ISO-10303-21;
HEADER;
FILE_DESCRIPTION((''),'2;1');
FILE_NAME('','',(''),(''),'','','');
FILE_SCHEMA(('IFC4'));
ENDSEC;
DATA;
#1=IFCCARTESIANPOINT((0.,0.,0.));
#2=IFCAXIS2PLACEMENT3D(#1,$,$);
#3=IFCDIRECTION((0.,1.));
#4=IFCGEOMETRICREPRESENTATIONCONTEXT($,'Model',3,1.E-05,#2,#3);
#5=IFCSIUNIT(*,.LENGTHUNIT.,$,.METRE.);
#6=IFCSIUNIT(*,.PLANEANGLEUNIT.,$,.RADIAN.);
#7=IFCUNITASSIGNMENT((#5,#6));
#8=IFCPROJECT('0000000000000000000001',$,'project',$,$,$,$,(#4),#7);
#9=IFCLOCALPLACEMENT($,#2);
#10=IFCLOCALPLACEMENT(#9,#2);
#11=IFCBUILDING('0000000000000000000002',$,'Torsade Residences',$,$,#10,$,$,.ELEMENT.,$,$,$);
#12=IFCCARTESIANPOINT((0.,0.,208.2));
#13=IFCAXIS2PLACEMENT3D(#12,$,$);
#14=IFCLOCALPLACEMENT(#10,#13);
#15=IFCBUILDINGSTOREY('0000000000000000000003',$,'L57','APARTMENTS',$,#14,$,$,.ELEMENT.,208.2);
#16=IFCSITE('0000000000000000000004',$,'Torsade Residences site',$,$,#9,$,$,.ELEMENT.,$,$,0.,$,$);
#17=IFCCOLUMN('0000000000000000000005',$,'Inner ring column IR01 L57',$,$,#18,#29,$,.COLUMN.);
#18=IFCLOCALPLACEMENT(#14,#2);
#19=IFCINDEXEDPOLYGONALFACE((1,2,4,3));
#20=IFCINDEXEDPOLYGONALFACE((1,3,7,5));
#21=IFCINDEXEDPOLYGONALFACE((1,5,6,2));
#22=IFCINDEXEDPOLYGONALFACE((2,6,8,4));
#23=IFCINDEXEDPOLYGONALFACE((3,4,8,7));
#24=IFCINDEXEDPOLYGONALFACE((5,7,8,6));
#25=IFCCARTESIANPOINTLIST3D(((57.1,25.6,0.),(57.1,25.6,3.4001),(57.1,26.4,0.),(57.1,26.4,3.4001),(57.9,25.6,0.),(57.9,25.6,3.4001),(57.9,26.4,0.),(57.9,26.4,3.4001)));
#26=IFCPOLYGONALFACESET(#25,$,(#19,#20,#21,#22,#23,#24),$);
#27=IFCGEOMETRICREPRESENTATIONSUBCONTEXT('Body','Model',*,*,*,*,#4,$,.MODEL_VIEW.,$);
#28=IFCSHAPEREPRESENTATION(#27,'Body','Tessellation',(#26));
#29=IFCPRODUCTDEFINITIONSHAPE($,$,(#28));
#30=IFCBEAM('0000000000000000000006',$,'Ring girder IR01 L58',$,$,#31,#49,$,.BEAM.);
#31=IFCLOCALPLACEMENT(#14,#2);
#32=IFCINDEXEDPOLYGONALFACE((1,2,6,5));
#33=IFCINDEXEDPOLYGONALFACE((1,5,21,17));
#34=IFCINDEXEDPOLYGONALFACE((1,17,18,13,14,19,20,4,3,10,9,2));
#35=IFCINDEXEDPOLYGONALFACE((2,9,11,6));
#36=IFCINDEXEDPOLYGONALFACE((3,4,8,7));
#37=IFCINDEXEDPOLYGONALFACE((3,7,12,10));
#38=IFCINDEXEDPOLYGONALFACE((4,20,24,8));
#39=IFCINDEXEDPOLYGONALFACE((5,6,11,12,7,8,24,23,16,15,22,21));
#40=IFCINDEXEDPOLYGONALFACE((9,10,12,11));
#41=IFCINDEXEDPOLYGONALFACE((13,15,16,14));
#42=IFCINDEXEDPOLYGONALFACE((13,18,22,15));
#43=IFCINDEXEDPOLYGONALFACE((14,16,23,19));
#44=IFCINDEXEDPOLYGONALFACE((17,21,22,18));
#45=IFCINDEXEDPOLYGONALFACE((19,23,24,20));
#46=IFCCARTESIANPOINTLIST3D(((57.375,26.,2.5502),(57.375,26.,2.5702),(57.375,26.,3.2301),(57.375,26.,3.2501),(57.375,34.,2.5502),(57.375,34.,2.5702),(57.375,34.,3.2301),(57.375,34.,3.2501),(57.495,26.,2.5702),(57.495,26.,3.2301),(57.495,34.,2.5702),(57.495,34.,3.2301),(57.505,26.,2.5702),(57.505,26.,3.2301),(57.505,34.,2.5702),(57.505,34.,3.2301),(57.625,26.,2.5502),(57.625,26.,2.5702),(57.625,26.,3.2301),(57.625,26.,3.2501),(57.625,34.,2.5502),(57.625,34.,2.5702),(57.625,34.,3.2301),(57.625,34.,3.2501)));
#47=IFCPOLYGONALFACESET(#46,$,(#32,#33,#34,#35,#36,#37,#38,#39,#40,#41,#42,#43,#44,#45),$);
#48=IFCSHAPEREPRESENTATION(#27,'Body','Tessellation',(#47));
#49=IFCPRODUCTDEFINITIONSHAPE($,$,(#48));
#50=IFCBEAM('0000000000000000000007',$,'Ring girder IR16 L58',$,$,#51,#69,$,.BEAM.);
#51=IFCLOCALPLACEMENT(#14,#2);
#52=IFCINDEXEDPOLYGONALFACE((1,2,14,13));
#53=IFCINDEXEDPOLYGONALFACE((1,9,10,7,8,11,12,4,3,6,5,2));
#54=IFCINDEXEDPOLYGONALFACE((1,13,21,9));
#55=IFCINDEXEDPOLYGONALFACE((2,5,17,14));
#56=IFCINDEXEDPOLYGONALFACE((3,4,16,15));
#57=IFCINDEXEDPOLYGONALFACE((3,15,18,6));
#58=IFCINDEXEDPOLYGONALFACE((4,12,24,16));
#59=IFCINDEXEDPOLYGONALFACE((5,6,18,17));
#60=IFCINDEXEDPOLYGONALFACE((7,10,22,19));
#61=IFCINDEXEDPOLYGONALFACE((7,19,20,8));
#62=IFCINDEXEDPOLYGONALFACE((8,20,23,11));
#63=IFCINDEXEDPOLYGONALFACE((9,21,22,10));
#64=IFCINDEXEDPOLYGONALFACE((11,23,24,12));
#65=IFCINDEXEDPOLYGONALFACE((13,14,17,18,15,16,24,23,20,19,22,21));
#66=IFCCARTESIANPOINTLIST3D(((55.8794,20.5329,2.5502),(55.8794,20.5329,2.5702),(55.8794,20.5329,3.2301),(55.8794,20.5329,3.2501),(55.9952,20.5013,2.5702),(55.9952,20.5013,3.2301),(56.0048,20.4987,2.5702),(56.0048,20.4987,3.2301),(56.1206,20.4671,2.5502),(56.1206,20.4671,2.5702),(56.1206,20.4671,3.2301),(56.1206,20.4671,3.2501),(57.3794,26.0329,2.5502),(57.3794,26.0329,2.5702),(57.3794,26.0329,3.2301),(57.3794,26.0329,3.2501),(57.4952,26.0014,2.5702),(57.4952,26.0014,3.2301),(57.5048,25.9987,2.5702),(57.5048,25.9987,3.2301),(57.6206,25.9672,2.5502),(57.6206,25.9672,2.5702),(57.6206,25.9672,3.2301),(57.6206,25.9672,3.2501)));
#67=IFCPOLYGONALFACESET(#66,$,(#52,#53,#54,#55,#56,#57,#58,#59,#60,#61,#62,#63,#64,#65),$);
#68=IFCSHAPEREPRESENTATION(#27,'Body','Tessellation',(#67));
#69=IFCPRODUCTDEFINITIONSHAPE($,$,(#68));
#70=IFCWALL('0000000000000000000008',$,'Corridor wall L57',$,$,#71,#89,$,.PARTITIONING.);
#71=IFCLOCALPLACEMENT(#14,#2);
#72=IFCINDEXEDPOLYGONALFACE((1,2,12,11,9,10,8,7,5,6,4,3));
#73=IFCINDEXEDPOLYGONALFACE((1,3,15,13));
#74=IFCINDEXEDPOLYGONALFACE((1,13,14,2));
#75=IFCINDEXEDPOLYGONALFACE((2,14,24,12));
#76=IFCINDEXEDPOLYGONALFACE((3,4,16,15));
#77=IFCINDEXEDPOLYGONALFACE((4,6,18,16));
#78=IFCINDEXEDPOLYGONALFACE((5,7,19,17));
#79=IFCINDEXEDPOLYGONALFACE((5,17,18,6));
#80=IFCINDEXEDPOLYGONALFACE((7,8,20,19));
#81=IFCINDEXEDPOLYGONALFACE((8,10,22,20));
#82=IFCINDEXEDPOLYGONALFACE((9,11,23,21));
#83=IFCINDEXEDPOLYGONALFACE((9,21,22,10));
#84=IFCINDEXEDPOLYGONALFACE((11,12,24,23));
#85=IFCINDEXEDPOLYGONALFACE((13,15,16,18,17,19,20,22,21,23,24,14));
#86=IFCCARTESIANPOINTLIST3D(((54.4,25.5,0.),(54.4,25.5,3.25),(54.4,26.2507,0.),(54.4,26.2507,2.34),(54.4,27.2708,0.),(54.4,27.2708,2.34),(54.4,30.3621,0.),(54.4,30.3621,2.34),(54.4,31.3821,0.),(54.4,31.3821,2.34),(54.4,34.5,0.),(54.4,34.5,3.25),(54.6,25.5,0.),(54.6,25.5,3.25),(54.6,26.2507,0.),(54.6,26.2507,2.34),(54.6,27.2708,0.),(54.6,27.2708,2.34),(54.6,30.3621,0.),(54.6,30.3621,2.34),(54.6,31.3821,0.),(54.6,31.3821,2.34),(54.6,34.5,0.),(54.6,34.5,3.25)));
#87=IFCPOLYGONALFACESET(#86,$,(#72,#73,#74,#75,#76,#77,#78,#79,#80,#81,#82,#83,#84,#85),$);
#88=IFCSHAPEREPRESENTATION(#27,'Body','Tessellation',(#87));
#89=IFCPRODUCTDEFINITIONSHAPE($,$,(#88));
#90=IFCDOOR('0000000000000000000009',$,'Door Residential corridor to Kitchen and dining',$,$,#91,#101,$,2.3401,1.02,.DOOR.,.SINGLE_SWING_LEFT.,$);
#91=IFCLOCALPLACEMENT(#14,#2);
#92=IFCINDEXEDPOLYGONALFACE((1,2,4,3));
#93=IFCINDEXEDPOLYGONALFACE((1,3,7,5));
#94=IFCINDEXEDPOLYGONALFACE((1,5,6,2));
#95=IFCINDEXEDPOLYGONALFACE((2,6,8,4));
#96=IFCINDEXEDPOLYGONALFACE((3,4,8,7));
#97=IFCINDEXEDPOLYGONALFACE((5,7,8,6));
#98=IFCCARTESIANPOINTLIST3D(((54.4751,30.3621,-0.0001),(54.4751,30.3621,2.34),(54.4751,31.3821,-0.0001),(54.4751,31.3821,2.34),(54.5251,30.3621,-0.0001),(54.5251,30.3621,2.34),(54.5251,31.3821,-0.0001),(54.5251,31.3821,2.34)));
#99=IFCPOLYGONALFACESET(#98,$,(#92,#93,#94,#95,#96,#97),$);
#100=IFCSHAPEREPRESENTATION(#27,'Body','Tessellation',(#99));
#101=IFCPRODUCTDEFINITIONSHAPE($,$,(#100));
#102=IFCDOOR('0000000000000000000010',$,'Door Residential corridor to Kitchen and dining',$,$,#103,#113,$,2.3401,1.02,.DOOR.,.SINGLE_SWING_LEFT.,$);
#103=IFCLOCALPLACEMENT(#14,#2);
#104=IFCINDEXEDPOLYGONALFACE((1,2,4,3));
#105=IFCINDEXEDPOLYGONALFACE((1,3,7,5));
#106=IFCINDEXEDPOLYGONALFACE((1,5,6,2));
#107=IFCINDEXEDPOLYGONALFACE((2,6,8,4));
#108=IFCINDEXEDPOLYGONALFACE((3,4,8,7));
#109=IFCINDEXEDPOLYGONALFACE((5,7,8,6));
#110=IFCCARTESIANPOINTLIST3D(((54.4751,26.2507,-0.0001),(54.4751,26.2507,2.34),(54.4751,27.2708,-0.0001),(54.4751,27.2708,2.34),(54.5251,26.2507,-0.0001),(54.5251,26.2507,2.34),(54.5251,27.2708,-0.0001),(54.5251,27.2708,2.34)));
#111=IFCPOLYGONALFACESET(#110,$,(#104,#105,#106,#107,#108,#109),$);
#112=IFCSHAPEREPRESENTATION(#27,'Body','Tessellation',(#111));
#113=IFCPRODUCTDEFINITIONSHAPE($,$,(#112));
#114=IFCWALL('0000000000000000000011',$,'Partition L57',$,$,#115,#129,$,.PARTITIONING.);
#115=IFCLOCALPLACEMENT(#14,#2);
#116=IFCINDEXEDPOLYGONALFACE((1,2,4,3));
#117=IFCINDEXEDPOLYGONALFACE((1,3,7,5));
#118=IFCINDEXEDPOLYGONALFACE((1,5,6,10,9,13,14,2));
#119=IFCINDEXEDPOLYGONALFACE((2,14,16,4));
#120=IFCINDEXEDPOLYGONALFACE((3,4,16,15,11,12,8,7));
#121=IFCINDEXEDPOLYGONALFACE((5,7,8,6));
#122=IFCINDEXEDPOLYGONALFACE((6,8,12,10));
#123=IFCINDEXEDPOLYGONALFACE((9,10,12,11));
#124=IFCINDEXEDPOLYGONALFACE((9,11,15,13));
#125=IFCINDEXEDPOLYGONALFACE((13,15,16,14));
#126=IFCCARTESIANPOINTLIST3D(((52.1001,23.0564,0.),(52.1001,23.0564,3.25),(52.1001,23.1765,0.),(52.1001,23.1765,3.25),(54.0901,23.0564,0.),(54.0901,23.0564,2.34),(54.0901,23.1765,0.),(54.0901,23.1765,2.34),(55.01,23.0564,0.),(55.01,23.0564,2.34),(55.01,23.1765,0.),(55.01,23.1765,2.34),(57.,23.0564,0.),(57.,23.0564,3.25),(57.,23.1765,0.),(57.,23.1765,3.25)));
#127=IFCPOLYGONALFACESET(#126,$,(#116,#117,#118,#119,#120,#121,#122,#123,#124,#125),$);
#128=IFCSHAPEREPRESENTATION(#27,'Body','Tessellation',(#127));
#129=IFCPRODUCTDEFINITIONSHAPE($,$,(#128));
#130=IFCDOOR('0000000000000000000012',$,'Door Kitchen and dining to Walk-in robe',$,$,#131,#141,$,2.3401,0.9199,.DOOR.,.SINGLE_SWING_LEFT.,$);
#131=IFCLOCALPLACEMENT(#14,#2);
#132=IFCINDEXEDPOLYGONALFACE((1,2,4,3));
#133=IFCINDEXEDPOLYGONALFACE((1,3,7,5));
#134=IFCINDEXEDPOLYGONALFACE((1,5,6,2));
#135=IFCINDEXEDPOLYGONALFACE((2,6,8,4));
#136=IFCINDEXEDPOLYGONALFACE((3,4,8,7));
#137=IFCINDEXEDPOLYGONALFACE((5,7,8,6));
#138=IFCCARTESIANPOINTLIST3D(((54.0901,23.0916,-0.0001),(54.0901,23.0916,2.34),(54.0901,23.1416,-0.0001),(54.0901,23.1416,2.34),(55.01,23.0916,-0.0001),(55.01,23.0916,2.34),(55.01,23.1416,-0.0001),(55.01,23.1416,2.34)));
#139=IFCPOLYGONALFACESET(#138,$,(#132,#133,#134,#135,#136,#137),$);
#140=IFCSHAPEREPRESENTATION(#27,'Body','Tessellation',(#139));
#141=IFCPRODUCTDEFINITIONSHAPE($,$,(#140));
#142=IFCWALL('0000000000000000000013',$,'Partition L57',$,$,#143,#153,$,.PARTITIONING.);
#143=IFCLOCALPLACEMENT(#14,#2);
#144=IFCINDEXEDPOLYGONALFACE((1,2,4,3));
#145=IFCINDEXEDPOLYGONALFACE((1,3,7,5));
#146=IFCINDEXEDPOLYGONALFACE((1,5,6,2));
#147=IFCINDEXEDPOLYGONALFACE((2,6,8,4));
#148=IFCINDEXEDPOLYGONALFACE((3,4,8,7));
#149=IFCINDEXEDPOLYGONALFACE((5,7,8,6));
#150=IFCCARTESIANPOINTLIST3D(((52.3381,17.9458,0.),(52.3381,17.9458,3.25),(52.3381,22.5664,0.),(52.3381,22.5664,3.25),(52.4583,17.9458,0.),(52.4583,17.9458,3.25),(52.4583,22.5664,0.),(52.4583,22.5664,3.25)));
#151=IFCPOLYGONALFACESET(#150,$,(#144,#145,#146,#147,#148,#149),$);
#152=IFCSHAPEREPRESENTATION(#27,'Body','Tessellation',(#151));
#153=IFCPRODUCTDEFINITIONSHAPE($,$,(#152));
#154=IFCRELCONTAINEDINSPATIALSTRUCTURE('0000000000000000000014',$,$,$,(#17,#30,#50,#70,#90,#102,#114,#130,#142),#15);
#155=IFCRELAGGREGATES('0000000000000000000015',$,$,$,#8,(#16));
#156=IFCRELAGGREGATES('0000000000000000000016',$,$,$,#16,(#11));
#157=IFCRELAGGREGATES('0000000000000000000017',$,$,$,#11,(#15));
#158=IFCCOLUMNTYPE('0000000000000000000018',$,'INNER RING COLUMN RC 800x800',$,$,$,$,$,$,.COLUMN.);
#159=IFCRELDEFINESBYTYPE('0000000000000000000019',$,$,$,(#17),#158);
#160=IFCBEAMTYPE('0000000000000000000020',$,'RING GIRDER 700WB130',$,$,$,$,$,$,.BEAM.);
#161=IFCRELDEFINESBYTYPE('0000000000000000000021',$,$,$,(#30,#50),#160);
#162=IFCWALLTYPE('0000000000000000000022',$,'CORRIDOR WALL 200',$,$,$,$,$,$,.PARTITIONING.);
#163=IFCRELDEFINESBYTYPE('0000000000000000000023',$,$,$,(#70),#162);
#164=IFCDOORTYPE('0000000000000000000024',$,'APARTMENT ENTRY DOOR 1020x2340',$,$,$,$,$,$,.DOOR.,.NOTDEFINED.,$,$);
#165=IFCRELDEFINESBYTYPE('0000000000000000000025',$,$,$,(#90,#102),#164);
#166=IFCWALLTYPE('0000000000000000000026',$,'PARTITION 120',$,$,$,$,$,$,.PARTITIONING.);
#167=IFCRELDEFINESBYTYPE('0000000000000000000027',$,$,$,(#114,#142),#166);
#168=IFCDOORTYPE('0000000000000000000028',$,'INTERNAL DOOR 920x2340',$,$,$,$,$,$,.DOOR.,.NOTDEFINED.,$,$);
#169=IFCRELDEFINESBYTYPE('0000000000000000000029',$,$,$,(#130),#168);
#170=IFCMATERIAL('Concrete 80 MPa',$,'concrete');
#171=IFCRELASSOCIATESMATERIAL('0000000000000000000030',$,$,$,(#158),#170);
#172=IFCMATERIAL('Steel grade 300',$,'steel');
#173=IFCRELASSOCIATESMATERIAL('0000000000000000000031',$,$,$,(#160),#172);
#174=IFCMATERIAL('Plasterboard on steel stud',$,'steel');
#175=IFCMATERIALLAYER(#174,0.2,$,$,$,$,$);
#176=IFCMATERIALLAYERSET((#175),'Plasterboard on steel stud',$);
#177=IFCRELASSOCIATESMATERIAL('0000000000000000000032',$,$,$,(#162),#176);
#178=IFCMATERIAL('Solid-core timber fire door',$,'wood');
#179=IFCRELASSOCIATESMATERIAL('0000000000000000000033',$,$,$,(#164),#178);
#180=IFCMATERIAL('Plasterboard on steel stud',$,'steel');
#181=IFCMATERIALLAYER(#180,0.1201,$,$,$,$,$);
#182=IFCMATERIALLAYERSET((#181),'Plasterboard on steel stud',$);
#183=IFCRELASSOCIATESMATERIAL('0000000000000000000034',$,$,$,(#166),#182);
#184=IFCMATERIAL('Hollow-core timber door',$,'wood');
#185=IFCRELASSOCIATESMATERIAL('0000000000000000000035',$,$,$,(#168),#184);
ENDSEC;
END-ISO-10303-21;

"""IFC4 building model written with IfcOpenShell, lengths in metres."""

from ifc_helpers import new_model, si_unit, direction, frame, frame_2d, origin, origin_2d, place, context, subcontext, project, spatial, rectangle, i_section, extrude, material, layer, layer_set, material_profile, profile_set, type_object, element, fill, save


model = new_model("IFC4")

# Units and contexts
model_context = context("Model", 3, precision=1e-05, world=origin(), true_north=direction((0.0, 1.0)))
body_context = subcontext(model_context, "Body", "Model", "MODEL_VIEW")
ifc_project = project(units=[si_unit("LENGTHUNIT", "METRE"), si_unit("PLANEANGLEUNIT", "RADIAN")], contexts=[model_context])

# Site, building, storey
site_placement = place(None, origin())
site = spatial("IfcSite", under=ifc_project, at=site_placement, Name="Torsade Residences site", CompositionType="ELEMENT", RefElevation=0.0)
building_placement = place(site_placement, origin())
building = spatial("IfcBuilding", under=site, at=building_placement, Name="Torsade Residences", CompositionType="ELEMENT")
storey_placement = place(building_placement, frame((0.0, 0.0, 208.2)))
storey = spatial("IfcBuildingStorey", under=building, at=storey_placement, Name="L57", Description="APARTMENTS", CompositionType="ELEMENT", Elevation=208.2)

# Column
ifc_material_1 = material(Name="Concrete 80 MPa", Category="concrete")
ifc_material_profile_1 = material_profile(ifc_material_1, rectangle(XDim=0.8, YDim=0.8, at=origin_2d()), Name="RC 800x800")
ifc_profile_set_1 = profile_set([ifc_material_profile_1], Name="Concrete 80 MPa")
column_type = type_object("IfcColumnType", Name="INNER RING COLUMN RC 800x800", PredefinedType="COLUMN", material=ifc_profile_set_1)
column_placement = place(storey_placement, frame((57.5, 26.0, 0.0), z_axis=(0.0, 0.0, 1.0), x_axis=(1.0, 0.0, 0.0)))
element("IfcColumn", 1, at=column_placement, inside=storey, type_object=column_type, Name="Inner ring column IR01 L57", PredefinedType="COLUMN", context=body_context, shape_type="SweptSolid", body=[
    extrude(rectangle(XDim=0.8, YDim=0.8, at=origin_2d()), origin(), (0.0, 0.0, 1.0), 3.4001),
])

# Beams
ifc_material_2 = material(Name="Steel grade 300", Category="steel")
ifc_material_profile_2 = material_profile(ifc_material_2, i_section(OverallWidth=0.25, OverallDepth=0.7, WebThickness=0.01, FlangeThickness=0.02, at=origin_2d()), Name="700WB130")
ifc_profile_set_2 = profile_set([ifc_material_profile_2], Name="Steel grade 300")
beam_type = type_object("IfcBeamType", Name="RING GIRDER 700WB130", PredefinedType="BEAM", material=ifc_profile_set_2)
beam_1_placement = place(storey_placement, frame((57.5, 26.0, 2.9001), z_axis=(0.0, 1.0, 0.0), x_axis=(-1.0, 0.0, 0.0)))
element("IfcBeam", 2, at=beam_1_placement, inside=storey, type_object=beam_type, Name="Ring girder IR01 L58", PredefinedType="BEAM", context=body_context, shape_type="SweptSolid", body=[
    extrude(i_section(OverallWidth=0.25, OverallDepth=0.7, WebThickness=0.01, FlangeThickness=0.02, at=origin_2d()), origin(), (0.0, 0.0, 1.0), 8.0),
])
beam_2_placement = place(storey_placement, frame((56.0, 20.5, 2.9001), z_axis=(0.263117, 0.964764, 0.0), x_axis=(-0.964764, 0.263117, 0.0)))
element("IfcBeam", 3, at=beam_2_placement, inside=storey, type_object=beam_type, Name="Ring girder IR16 L58", PredefinedType="BEAM", context=body_context, shape_type="SweptSolid", body=[
    extrude(i_section(OverallWidth=0.25, OverallDepth=0.7, WebThickness=0.01, FlangeThickness=0.02, at=origin_2d()), origin(), (0.0, 0.0, 1.0), 5.7009),
])

# Wall, openings, doors
ifc_material_3 = material(Name="Plasterboard on steel stud", Category="steel")
ifc_layer_1 = layer(ifc_material_3, 0.2)
ifc_layer_set_1 = layer_set([ifc_layer_1], Name="Plasterboard on steel stud")
wall_type_1 = type_object("IfcWallType", Name="CORRIDOR WALL 200", PredefinedType="PARTITIONING", material=ifc_layer_set_1)
wall_1_placement = place(storey_placement, frame((54.5, 25.5, 0.0), z_axis=(0.0, 0.0, 1.0), x_axis=(0.0, 1.0, 0.0)))
wall_1 = element("IfcWall", 4, at=wall_1_placement, inside=storey, type_object=wall_type_1, Name="Corridor wall L57", PredefinedType="PARTITIONING", context=body_context, shape_type="SweptSolid", body=[
    extrude(rectangle(XDim=9.0, YDim=0.2, at=frame_2d((4.5, 0.0))), origin(), (0.0, 0.0, 1.0), 3.25),
])
opening_1_placement = place(wall_1_placement, frame((4.8621, 0.0, 0.0)))
opening_1 = element("IfcOpeningElement", 5, at=opening_1_placement, cuts=wall_1, PredefinedType="OPENING", context=body_context, shape_type="SweptSolid", body=[
    extrude(rectangle(XDim=1.02, YDim=2.3401, at=frame_2d((0.51, 1.1699))), frame((0.0, 0.1099, 0.0), z_axis=(0.0, -1.0, 0.0), x_axis=(1.0, 0.0, 0.0)), (0.0, 0.0, 1.0), 0.22),
])
opening_2_placement = place(wall_1_placement, frame((0.7507, 0.0, 0.0)))
opening_2 = element("IfcOpeningElement", 6, at=opening_2_placement, cuts=wall_1, PredefinedType="OPENING", context=body_context, shape_type="SweptSolid", body=[
    extrude(rectangle(XDim=1.02, YDim=2.3401, at=frame_2d((0.51, 1.1699))), frame((0.0, 0.1099, 0.0), z_axis=(0.0, -1.0, 0.0), x_axis=(1.0, 0.0, 0.0)), (0.0, 0.0, 1.0), 0.22),
])
ifc_material_4 = material(Name="Solid-core timber fire door", Category="wood")
door_type_1 = type_object("IfcDoorType", Name="APARTMENT ENTRY DOOR 1020x2340", OperationType="NOTDEFINED", PredefinedType="DOOR", material=ifc_material_4)
door_1_placement = place(opening_1_placement, origin())
door_1 = element("IfcDoor", 7, at=door_1_placement, inside=storey, type_object=door_type_1, Name="Door Residential corridor to Kitchen and dining", OperationType="SINGLE_SWING_LEFT", OverallHeight=2.3401, OverallWidth=1.02, PredefinedType="DOOR", context=body_context, shape_type="SweptSolid", body=[
    extrude(rectangle(XDim=1.02, YDim=2.3401, at=frame_2d((0.51, 1.1699))), frame((0.0, 0.0249, 0.0), z_axis=(0.0, -1.0, 0.0), x_axis=(1.0, 0.0, 0.0)), (0.0, 0.0, 1.0), 0.05),
])
fill(opening_1, door_1)
door_2_placement = place(opening_2_placement, origin())
door_2 = element("IfcDoor", 8, at=door_2_placement, inside=storey, type_object=door_type_1, Name="Door Residential corridor to Kitchen and dining", OperationType="SINGLE_SWING_LEFT", OverallHeight=2.3401, OverallWidth=1.02, PredefinedType="DOOR", context=body_context, shape_type="SweptSolid", body=[
    extrude(rectangle(XDim=1.02, YDim=2.3401, at=frame_2d((0.51, 1.1699))), frame((0.0, 0.0249, 0.0), z_axis=(0.0, -1.0, 0.0), x_axis=(1.0, 0.0, 0.0)), (0.0, 0.0, 1.0), 0.05),
])
fill(opening_2, door_2)

# Wall, opening, door
ifc_material_5 = material(Name="Plasterboard on steel stud", Category="steel")
ifc_layer_2 = layer(ifc_material_5, 0.1201)
ifc_layer_set_2 = layer_set([ifc_layer_2], Name="Plasterboard on steel stud")
wall_type_2 = type_object("IfcWallType", Name="PARTITION 120", PredefinedType="PARTITIONING", material=ifc_layer_set_2)
wall_2_placement = place(storey_placement, frame((57.0, 23.1165, 0.0), z_axis=(0.0, 0.0, 1.0), x_axis=(-1.0, 0.0, 0.0)))
wall_2 = element("IfcWall", 9, at=wall_2_placement, inside=storey, type_object=wall_type_2, Name="Partition L57", PredefinedType="PARTITIONING", context=body_context, shape_type="SweptSolid", body=[
    extrude(rectangle(XDim=4.8999, YDim=0.1201, at=frame_2d((2.45, 0.0))), origin(), (0.0, 0.0, 1.0), 3.25),
])
opening_3_placement = place(wall_2_placement, frame((1.99, 0.0, 0.0)))
opening_3 = element("IfcOpeningElement", 10, at=opening_3_placement, cuts=wall_2, PredefinedType="OPENING", context=body_context, shape_type="SweptSolid", body=[
    extrude(rectangle(XDim=0.9199, YDim=2.3401, at=frame_2d((0.46, 1.1699))), frame((0.0, 0.0701, 0.0), z_axis=(0.0, -1.0, 0.0), x_axis=(1.0, 0.0, 0.0)), (0.0, 0.0, 1.0), 0.1401),
])
ifc_material_6 = material(Name="Hollow-core timber door", Category="wood")
door_type_2 = type_object("IfcDoorType", Name="INTERNAL DOOR 920x2340", OperationType="NOTDEFINED", PredefinedType="DOOR", material=ifc_material_6)
door_3_placement = place(opening_3_placement, origin())
door_3 = element("IfcDoor", 11, at=door_3_placement, inside=storey, type_object=door_type_2, Name="Door Kitchen and dining to Walk-in robe", OperationType="SINGLE_SWING_LEFT", OverallHeight=2.3401, OverallWidth=0.9199, PredefinedType="DOOR", context=body_context, shape_type="SweptSolid", body=[
    extrude(rectangle(XDim=0.9199, YDim=2.3401, at=frame_2d((0.46, 1.1699))), frame((0.0, 0.0249, 0.0), z_axis=(0.0, -1.0, 0.0), x_axis=(1.0, 0.0, 0.0)), (0.0, 0.0, 1.0), 0.05),
])
fill(opening_3, door_3)

# Wall
wall_3_placement = place(storey_placement, frame((52.3982, 22.5664, 0.0), z_axis=(0.0, 0.0, 1.0), x_axis=(0.0, -1.0, 0.0)))
element("IfcWall", 12, at=wall_3_placement, inside=storey, type_object=wall_type_2, Name="Partition L57", PredefinedType="PARTITIONING", context=body_context, shape_type="SweptSolid", body=[
    extrude(rectangle(XDim=4.6206, YDim=0.1201, at=frame_2d((2.3103, 0.0))), origin(), (0.0, 0.0, 1.0), 3.25),
])

save(model, "model.ifc")
